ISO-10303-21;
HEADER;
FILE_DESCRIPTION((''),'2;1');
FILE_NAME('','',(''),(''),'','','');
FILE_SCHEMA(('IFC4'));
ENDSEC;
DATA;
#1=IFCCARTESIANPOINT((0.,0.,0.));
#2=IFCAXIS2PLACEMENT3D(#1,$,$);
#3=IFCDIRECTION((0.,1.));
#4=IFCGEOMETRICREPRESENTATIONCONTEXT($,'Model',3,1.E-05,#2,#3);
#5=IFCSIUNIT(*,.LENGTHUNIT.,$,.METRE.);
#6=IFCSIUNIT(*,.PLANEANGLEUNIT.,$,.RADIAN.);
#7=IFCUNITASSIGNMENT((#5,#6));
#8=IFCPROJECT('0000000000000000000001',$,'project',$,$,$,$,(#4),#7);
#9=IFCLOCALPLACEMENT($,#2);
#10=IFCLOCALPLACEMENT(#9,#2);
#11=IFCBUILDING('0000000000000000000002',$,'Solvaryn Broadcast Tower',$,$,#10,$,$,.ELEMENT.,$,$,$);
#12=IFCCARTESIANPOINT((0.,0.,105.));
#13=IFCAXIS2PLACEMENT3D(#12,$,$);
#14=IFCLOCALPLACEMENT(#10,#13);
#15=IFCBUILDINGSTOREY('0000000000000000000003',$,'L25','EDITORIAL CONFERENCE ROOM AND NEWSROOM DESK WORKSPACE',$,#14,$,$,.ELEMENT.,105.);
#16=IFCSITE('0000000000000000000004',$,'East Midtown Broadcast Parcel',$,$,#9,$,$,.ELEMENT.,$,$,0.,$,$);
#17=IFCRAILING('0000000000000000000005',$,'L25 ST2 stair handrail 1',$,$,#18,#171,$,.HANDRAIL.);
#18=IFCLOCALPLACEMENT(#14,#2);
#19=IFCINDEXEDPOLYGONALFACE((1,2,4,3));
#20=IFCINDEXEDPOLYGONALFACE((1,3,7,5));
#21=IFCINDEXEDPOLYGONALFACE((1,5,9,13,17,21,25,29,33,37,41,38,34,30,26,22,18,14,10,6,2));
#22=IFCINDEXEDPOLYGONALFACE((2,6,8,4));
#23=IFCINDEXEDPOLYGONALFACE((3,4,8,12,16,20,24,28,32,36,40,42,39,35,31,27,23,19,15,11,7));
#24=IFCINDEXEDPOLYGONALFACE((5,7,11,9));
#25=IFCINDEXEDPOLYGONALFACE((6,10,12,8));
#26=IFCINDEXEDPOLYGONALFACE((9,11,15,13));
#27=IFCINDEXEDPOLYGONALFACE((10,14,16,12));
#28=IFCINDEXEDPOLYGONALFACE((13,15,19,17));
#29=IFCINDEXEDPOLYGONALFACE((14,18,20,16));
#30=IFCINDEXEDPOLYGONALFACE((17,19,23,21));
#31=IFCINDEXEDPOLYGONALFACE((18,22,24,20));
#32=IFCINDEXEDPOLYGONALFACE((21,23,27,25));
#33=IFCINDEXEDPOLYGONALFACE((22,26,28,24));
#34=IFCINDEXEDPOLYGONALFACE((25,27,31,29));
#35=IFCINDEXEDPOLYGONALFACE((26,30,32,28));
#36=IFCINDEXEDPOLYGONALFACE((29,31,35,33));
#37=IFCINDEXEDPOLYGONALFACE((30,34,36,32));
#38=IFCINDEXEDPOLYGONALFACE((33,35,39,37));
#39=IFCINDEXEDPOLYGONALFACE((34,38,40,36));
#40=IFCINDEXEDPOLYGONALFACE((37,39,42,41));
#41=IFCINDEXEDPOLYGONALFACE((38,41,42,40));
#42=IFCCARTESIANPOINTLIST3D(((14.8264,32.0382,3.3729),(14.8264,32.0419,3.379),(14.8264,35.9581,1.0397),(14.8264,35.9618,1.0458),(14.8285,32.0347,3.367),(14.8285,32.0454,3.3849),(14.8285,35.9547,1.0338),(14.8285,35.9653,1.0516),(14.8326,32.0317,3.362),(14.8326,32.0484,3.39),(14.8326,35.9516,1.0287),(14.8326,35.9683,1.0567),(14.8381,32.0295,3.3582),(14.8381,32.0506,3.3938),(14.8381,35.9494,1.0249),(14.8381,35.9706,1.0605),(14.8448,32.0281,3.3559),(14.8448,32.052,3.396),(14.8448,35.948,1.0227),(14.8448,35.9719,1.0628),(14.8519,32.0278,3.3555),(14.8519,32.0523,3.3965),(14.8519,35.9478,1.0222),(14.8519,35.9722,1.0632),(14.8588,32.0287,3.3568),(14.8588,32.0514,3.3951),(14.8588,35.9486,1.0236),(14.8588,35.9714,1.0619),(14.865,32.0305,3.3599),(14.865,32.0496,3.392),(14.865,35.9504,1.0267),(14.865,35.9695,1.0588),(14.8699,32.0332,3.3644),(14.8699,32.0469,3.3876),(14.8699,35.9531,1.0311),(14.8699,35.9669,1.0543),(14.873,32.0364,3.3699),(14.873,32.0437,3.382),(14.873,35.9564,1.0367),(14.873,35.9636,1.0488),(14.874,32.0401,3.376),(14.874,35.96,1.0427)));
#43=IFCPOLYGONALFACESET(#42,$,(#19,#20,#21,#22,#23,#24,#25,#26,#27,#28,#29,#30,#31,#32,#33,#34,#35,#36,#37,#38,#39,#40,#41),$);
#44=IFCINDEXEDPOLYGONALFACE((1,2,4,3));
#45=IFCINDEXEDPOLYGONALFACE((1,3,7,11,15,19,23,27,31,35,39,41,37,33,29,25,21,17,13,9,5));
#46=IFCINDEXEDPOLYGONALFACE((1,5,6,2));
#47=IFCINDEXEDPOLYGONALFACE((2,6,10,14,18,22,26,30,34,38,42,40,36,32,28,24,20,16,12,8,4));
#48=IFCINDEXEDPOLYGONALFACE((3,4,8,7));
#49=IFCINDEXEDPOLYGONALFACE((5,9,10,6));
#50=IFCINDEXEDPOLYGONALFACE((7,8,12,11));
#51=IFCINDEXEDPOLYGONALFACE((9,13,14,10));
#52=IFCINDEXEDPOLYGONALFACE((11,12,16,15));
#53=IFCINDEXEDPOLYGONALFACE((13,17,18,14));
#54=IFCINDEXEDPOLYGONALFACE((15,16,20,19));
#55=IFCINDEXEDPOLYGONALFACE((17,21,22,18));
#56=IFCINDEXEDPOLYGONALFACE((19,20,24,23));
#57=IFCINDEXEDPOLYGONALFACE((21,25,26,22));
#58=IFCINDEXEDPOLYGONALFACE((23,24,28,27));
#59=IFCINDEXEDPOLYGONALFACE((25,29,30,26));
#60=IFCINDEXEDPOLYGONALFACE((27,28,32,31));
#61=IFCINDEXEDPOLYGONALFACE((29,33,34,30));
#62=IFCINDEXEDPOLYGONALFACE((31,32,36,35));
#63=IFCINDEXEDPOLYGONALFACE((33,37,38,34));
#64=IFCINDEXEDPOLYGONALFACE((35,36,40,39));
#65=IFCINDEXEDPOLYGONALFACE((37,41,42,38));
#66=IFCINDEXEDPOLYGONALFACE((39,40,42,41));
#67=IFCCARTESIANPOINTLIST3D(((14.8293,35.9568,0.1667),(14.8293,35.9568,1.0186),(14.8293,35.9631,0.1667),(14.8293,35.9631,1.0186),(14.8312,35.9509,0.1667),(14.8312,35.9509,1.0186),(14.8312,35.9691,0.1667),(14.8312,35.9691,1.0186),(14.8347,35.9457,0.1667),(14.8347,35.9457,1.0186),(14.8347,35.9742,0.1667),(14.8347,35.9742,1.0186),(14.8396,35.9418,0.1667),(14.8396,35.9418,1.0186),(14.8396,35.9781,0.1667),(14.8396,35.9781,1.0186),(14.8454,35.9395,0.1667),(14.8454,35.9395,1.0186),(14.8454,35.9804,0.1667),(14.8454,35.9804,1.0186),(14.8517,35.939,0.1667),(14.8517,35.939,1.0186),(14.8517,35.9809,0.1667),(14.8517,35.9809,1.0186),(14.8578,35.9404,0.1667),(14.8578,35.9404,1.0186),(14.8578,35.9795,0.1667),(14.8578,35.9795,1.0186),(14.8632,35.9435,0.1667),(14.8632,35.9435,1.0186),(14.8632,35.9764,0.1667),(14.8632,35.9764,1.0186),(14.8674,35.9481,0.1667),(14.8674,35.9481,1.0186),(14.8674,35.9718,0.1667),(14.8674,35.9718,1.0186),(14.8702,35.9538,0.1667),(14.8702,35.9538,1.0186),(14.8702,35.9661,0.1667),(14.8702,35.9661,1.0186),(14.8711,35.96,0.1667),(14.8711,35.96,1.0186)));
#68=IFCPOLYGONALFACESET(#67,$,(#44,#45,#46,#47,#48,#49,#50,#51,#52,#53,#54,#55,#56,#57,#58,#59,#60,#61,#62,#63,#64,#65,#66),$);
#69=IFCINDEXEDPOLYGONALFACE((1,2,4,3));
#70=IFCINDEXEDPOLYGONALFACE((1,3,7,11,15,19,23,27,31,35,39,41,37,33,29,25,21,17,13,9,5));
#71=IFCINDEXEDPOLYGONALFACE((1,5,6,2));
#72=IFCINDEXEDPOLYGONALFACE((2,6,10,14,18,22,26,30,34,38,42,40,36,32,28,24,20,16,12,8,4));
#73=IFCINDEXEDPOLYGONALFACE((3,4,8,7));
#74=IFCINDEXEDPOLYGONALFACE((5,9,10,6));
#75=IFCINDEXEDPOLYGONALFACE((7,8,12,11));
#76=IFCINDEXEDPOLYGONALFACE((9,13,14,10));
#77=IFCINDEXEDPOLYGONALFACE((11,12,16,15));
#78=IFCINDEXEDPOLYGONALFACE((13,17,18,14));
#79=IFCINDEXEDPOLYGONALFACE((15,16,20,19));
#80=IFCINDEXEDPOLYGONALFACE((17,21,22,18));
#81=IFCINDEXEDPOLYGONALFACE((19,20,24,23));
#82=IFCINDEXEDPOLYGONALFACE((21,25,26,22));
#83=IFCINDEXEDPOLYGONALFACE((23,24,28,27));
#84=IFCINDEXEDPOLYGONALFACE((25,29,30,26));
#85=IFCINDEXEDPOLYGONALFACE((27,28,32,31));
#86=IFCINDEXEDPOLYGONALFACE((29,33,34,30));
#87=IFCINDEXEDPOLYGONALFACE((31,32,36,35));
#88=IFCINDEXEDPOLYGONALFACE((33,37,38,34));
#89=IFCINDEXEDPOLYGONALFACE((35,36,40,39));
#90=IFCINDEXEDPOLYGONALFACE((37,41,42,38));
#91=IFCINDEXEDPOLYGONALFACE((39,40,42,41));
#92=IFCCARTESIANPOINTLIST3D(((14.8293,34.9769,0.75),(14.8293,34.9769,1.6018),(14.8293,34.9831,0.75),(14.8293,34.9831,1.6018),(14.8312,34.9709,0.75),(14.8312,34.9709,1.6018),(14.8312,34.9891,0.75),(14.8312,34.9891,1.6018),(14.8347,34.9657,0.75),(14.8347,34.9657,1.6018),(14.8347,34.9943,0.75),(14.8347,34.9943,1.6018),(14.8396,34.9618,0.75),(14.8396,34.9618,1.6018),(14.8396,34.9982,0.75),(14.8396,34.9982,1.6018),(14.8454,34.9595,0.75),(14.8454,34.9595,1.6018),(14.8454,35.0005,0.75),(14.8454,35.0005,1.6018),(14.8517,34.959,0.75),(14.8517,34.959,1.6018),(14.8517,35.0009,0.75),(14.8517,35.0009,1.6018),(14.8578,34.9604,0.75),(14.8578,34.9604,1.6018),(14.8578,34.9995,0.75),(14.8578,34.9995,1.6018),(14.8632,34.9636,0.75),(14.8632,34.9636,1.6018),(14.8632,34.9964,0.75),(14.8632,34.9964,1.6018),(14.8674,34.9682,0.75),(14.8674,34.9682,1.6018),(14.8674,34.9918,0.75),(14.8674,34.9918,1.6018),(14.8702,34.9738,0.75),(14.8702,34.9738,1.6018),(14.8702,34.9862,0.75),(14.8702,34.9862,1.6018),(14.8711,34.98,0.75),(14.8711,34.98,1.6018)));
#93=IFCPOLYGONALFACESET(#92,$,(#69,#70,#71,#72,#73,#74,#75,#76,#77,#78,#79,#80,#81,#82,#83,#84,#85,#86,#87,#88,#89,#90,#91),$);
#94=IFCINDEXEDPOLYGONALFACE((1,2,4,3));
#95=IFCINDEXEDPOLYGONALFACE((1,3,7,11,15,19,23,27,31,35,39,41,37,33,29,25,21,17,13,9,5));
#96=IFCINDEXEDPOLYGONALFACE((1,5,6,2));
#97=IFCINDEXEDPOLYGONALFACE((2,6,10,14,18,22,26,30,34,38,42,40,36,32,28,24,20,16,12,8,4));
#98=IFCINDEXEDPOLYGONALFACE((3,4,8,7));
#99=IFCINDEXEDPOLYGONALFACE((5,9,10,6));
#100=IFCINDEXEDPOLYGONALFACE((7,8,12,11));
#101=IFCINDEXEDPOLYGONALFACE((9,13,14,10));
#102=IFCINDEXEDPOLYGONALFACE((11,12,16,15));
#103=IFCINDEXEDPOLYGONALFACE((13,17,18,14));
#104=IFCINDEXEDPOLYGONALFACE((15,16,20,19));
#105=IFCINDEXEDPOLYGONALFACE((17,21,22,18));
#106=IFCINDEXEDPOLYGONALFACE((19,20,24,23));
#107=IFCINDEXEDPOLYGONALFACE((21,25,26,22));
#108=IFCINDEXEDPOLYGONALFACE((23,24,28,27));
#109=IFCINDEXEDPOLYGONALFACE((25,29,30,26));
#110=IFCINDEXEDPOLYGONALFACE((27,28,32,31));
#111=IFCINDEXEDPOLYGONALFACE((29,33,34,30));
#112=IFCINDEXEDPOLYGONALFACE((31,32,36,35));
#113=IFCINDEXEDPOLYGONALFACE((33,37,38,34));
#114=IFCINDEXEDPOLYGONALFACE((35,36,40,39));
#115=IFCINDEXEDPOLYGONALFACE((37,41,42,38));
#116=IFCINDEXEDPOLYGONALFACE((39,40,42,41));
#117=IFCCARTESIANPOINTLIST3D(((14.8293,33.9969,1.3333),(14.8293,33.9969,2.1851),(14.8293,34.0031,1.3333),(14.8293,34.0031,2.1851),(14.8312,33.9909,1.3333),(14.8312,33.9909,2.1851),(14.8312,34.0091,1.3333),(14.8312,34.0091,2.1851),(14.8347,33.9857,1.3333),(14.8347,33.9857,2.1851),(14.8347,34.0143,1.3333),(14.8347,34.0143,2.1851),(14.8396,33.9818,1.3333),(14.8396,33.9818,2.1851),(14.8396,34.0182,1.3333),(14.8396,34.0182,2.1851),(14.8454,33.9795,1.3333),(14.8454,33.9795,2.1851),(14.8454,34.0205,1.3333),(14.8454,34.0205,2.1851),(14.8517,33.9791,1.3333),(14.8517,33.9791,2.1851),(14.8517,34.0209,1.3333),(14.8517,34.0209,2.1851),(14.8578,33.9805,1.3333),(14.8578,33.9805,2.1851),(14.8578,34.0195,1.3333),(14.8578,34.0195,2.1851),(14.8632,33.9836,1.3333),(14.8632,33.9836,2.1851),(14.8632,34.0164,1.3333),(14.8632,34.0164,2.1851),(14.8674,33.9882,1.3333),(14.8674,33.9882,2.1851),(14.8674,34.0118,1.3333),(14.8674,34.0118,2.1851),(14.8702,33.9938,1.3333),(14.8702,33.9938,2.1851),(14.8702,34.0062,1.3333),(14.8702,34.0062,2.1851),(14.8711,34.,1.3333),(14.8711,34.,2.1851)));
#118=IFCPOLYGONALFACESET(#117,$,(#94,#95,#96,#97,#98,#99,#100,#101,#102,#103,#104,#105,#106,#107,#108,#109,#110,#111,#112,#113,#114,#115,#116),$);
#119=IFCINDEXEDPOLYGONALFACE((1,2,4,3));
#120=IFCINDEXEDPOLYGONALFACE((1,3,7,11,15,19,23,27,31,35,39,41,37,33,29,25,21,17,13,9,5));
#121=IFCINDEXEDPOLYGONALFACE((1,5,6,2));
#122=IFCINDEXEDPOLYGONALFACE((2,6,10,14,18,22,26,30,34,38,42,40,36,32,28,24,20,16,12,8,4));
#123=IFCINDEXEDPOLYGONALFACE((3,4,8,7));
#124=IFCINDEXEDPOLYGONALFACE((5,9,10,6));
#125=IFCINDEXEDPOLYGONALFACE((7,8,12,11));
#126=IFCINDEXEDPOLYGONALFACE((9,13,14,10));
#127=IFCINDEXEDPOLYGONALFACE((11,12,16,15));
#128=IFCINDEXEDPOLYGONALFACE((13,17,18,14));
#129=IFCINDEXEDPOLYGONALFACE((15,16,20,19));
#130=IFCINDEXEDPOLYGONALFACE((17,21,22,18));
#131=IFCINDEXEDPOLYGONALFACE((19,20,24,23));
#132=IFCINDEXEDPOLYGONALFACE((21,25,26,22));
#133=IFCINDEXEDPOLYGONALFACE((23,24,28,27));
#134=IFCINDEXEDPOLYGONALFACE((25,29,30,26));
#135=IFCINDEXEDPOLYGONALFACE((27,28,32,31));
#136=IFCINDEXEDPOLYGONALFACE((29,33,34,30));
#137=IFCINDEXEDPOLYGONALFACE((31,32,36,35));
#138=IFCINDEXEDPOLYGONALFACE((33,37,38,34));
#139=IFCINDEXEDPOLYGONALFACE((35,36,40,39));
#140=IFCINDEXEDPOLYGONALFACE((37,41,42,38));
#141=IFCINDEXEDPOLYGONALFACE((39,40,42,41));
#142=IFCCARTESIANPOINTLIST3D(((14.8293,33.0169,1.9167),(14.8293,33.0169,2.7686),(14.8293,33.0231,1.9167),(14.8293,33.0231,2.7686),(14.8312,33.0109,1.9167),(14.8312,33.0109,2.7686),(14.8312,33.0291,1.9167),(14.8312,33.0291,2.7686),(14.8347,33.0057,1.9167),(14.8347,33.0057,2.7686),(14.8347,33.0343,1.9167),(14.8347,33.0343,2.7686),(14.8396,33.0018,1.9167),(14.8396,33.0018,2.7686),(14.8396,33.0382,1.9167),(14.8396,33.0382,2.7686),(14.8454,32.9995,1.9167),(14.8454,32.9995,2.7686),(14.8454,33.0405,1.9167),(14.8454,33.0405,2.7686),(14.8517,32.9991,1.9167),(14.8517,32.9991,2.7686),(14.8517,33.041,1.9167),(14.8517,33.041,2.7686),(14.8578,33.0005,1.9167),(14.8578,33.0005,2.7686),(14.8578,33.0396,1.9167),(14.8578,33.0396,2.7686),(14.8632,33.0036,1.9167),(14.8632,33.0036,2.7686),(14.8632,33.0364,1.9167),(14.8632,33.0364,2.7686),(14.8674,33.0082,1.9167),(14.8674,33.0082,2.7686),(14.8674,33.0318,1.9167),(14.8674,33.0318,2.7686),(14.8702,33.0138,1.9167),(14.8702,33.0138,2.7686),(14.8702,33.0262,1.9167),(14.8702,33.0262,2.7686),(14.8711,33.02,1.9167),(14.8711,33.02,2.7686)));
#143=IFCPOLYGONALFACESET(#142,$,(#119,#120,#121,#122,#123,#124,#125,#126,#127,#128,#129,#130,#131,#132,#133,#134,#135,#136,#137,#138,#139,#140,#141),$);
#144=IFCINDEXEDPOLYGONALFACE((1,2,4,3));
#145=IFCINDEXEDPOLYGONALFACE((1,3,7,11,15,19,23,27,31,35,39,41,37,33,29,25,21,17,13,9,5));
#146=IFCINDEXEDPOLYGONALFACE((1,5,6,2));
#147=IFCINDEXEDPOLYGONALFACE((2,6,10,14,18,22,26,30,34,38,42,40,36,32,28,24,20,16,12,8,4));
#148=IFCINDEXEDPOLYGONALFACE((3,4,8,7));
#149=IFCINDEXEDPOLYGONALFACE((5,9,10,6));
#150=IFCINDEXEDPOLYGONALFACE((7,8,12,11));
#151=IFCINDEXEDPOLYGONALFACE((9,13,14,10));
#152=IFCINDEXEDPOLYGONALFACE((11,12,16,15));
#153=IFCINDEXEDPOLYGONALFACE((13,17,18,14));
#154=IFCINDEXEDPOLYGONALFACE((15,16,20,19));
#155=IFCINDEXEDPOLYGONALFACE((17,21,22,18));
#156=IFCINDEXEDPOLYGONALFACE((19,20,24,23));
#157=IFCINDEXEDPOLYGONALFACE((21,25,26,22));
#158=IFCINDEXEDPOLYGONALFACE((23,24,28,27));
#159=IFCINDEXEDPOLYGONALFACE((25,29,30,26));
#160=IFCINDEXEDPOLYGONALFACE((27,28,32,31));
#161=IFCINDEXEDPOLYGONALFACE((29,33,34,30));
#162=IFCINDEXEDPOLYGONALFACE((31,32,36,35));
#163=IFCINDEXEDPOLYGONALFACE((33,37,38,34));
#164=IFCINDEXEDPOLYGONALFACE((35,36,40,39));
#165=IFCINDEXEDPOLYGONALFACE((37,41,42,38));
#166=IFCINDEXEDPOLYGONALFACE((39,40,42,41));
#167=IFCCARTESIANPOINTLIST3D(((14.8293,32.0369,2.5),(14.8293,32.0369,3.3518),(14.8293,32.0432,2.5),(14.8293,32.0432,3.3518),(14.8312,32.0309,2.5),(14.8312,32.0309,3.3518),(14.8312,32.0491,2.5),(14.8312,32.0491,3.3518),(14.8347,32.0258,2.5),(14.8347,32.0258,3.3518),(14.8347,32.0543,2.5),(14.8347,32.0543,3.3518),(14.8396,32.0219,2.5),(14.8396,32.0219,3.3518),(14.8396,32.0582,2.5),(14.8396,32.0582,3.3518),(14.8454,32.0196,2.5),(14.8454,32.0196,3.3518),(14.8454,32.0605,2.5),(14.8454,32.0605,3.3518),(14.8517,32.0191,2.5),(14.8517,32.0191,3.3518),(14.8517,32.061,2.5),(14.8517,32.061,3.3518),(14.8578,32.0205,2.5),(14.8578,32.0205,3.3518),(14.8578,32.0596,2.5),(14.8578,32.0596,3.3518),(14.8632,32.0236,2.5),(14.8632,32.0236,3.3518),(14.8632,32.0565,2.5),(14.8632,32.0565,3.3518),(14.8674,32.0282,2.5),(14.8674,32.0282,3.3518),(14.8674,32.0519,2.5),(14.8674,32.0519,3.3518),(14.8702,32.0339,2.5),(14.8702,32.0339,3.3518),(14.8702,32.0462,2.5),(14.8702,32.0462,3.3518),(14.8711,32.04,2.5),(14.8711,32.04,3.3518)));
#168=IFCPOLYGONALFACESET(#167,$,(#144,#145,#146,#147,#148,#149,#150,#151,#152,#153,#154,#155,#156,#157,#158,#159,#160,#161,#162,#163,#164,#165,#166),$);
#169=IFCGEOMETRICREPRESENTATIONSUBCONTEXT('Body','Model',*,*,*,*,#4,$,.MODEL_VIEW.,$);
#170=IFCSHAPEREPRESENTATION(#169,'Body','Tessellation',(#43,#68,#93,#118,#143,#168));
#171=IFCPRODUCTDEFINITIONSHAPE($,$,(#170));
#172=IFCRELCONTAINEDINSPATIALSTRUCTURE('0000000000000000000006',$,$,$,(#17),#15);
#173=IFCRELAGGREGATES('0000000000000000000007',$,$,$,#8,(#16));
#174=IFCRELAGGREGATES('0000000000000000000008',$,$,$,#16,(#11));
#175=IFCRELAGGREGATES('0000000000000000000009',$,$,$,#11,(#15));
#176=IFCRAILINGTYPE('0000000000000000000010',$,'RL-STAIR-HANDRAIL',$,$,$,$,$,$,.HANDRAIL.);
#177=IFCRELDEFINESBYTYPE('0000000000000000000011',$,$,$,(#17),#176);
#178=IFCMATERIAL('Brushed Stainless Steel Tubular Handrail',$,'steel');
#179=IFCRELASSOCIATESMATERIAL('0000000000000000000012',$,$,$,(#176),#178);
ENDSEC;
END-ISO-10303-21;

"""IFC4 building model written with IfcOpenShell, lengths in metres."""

from ifc_helpers import new_model, si_unit, direction, frame, origin, origin_2d, place, context, subcontext, project, spatial, circle, extrude, material, type_object, element, save


model = new_model("IFC4")

# Units and contexts
model_context = context("Model", 3, precision=1e-05, world=origin(), true_north=direction((0.0, 1.0)))
body_context = subcontext(model_context, "Body", "Model", "MODEL_VIEW")
ifc_project = project(units=[si_unit("LENGTHUNIT", "METRE"), si_unit("PLANEANGLEUNIT", "RADIAN")], contexts=[model_context])

# Site, building, storey
site_placement = place(None, origin())
site = spatial("IfcSite", under=ifc_project, at=site_placement, Name="East Midtown Broadcast Parcel", CompositionType="ELEMENT", RefElevation=0.0)
building_placement = place(site_placement, origin())
building = spatial("IfcBuilding", under=site, at=building_placement, Name="Solvaryn Broadcast Tower", CompositionType="ELEMENT")
storey_placement = place(building_placement, frame((0.0, 0.0, 105.0)))
storey = spatial("IfcBuildingStorey", under=building, at=storey_placement, Name="L25", Description="EDITORIAL CONFERENCE ROOM AND NEWSROOM DESK WORKSPACE", CompositionType="ELEMENT", Elevation=105.0)

# Railing
ifc_material_1 = material(Name="Brushed Stainless Steel Tubular Handrail", Category="steel")
railing_type_1 = type_object("IfcRailingType", Name="RL-STAIR-HANDRAIL", PredefinedType="HANDRAIL", material=ifc_material_1)
railing_1_placement = place(storey_placement, frame((14.8501, 35.96, 0.1667)))
element("IfcRailing", 1, at=railing_1_placement, inside=storey, type_object=railing_type_1, Name="L25 ST2 stair handrail 1", PredefinedType="HANDRAIL", context=body_context, shape_type="SweptSolid", body=[
    extrude(circle(Radius=0.0239, at=origin_2d()), frame((0.0, 0.0, 0.876), z_axis=(0.0, -0.859296, 0.511478), x_axis=(1.0, 0.0, 0.0)), (0.0, 0.0, 1.0), 4.5618),
    extrude(circle(Radius=0.021, at=origin_2d()), origin(), (0.0, 0.0, 1.0), 0.8518),
    extrude(circle(Radius=0.021, at=origin_2d()), frame((0.0, -0.98, 0.5833)), (0.0, 0.0, 1.0), 0.8518),
    extrude(circle(Radius=0.021, at=origin_2d()), frame((0.0, -1.96, 1.1665)), (0.0, 0.0, 1.0), 0.8518),
    extrude(circle(Radius=0.021, at=origin_2d()), frame((0.0, -2.9399, 1.75)), (0.0, 0.0, 1.0), 0.8518),
    extrude(circle(Radius=0.021, at=origin_2d()), frame((0.0, -3.9199, 2.3333)), (0.0, 0.0, 1.0), 0.8518),
])

save(model, "model.ifc")
